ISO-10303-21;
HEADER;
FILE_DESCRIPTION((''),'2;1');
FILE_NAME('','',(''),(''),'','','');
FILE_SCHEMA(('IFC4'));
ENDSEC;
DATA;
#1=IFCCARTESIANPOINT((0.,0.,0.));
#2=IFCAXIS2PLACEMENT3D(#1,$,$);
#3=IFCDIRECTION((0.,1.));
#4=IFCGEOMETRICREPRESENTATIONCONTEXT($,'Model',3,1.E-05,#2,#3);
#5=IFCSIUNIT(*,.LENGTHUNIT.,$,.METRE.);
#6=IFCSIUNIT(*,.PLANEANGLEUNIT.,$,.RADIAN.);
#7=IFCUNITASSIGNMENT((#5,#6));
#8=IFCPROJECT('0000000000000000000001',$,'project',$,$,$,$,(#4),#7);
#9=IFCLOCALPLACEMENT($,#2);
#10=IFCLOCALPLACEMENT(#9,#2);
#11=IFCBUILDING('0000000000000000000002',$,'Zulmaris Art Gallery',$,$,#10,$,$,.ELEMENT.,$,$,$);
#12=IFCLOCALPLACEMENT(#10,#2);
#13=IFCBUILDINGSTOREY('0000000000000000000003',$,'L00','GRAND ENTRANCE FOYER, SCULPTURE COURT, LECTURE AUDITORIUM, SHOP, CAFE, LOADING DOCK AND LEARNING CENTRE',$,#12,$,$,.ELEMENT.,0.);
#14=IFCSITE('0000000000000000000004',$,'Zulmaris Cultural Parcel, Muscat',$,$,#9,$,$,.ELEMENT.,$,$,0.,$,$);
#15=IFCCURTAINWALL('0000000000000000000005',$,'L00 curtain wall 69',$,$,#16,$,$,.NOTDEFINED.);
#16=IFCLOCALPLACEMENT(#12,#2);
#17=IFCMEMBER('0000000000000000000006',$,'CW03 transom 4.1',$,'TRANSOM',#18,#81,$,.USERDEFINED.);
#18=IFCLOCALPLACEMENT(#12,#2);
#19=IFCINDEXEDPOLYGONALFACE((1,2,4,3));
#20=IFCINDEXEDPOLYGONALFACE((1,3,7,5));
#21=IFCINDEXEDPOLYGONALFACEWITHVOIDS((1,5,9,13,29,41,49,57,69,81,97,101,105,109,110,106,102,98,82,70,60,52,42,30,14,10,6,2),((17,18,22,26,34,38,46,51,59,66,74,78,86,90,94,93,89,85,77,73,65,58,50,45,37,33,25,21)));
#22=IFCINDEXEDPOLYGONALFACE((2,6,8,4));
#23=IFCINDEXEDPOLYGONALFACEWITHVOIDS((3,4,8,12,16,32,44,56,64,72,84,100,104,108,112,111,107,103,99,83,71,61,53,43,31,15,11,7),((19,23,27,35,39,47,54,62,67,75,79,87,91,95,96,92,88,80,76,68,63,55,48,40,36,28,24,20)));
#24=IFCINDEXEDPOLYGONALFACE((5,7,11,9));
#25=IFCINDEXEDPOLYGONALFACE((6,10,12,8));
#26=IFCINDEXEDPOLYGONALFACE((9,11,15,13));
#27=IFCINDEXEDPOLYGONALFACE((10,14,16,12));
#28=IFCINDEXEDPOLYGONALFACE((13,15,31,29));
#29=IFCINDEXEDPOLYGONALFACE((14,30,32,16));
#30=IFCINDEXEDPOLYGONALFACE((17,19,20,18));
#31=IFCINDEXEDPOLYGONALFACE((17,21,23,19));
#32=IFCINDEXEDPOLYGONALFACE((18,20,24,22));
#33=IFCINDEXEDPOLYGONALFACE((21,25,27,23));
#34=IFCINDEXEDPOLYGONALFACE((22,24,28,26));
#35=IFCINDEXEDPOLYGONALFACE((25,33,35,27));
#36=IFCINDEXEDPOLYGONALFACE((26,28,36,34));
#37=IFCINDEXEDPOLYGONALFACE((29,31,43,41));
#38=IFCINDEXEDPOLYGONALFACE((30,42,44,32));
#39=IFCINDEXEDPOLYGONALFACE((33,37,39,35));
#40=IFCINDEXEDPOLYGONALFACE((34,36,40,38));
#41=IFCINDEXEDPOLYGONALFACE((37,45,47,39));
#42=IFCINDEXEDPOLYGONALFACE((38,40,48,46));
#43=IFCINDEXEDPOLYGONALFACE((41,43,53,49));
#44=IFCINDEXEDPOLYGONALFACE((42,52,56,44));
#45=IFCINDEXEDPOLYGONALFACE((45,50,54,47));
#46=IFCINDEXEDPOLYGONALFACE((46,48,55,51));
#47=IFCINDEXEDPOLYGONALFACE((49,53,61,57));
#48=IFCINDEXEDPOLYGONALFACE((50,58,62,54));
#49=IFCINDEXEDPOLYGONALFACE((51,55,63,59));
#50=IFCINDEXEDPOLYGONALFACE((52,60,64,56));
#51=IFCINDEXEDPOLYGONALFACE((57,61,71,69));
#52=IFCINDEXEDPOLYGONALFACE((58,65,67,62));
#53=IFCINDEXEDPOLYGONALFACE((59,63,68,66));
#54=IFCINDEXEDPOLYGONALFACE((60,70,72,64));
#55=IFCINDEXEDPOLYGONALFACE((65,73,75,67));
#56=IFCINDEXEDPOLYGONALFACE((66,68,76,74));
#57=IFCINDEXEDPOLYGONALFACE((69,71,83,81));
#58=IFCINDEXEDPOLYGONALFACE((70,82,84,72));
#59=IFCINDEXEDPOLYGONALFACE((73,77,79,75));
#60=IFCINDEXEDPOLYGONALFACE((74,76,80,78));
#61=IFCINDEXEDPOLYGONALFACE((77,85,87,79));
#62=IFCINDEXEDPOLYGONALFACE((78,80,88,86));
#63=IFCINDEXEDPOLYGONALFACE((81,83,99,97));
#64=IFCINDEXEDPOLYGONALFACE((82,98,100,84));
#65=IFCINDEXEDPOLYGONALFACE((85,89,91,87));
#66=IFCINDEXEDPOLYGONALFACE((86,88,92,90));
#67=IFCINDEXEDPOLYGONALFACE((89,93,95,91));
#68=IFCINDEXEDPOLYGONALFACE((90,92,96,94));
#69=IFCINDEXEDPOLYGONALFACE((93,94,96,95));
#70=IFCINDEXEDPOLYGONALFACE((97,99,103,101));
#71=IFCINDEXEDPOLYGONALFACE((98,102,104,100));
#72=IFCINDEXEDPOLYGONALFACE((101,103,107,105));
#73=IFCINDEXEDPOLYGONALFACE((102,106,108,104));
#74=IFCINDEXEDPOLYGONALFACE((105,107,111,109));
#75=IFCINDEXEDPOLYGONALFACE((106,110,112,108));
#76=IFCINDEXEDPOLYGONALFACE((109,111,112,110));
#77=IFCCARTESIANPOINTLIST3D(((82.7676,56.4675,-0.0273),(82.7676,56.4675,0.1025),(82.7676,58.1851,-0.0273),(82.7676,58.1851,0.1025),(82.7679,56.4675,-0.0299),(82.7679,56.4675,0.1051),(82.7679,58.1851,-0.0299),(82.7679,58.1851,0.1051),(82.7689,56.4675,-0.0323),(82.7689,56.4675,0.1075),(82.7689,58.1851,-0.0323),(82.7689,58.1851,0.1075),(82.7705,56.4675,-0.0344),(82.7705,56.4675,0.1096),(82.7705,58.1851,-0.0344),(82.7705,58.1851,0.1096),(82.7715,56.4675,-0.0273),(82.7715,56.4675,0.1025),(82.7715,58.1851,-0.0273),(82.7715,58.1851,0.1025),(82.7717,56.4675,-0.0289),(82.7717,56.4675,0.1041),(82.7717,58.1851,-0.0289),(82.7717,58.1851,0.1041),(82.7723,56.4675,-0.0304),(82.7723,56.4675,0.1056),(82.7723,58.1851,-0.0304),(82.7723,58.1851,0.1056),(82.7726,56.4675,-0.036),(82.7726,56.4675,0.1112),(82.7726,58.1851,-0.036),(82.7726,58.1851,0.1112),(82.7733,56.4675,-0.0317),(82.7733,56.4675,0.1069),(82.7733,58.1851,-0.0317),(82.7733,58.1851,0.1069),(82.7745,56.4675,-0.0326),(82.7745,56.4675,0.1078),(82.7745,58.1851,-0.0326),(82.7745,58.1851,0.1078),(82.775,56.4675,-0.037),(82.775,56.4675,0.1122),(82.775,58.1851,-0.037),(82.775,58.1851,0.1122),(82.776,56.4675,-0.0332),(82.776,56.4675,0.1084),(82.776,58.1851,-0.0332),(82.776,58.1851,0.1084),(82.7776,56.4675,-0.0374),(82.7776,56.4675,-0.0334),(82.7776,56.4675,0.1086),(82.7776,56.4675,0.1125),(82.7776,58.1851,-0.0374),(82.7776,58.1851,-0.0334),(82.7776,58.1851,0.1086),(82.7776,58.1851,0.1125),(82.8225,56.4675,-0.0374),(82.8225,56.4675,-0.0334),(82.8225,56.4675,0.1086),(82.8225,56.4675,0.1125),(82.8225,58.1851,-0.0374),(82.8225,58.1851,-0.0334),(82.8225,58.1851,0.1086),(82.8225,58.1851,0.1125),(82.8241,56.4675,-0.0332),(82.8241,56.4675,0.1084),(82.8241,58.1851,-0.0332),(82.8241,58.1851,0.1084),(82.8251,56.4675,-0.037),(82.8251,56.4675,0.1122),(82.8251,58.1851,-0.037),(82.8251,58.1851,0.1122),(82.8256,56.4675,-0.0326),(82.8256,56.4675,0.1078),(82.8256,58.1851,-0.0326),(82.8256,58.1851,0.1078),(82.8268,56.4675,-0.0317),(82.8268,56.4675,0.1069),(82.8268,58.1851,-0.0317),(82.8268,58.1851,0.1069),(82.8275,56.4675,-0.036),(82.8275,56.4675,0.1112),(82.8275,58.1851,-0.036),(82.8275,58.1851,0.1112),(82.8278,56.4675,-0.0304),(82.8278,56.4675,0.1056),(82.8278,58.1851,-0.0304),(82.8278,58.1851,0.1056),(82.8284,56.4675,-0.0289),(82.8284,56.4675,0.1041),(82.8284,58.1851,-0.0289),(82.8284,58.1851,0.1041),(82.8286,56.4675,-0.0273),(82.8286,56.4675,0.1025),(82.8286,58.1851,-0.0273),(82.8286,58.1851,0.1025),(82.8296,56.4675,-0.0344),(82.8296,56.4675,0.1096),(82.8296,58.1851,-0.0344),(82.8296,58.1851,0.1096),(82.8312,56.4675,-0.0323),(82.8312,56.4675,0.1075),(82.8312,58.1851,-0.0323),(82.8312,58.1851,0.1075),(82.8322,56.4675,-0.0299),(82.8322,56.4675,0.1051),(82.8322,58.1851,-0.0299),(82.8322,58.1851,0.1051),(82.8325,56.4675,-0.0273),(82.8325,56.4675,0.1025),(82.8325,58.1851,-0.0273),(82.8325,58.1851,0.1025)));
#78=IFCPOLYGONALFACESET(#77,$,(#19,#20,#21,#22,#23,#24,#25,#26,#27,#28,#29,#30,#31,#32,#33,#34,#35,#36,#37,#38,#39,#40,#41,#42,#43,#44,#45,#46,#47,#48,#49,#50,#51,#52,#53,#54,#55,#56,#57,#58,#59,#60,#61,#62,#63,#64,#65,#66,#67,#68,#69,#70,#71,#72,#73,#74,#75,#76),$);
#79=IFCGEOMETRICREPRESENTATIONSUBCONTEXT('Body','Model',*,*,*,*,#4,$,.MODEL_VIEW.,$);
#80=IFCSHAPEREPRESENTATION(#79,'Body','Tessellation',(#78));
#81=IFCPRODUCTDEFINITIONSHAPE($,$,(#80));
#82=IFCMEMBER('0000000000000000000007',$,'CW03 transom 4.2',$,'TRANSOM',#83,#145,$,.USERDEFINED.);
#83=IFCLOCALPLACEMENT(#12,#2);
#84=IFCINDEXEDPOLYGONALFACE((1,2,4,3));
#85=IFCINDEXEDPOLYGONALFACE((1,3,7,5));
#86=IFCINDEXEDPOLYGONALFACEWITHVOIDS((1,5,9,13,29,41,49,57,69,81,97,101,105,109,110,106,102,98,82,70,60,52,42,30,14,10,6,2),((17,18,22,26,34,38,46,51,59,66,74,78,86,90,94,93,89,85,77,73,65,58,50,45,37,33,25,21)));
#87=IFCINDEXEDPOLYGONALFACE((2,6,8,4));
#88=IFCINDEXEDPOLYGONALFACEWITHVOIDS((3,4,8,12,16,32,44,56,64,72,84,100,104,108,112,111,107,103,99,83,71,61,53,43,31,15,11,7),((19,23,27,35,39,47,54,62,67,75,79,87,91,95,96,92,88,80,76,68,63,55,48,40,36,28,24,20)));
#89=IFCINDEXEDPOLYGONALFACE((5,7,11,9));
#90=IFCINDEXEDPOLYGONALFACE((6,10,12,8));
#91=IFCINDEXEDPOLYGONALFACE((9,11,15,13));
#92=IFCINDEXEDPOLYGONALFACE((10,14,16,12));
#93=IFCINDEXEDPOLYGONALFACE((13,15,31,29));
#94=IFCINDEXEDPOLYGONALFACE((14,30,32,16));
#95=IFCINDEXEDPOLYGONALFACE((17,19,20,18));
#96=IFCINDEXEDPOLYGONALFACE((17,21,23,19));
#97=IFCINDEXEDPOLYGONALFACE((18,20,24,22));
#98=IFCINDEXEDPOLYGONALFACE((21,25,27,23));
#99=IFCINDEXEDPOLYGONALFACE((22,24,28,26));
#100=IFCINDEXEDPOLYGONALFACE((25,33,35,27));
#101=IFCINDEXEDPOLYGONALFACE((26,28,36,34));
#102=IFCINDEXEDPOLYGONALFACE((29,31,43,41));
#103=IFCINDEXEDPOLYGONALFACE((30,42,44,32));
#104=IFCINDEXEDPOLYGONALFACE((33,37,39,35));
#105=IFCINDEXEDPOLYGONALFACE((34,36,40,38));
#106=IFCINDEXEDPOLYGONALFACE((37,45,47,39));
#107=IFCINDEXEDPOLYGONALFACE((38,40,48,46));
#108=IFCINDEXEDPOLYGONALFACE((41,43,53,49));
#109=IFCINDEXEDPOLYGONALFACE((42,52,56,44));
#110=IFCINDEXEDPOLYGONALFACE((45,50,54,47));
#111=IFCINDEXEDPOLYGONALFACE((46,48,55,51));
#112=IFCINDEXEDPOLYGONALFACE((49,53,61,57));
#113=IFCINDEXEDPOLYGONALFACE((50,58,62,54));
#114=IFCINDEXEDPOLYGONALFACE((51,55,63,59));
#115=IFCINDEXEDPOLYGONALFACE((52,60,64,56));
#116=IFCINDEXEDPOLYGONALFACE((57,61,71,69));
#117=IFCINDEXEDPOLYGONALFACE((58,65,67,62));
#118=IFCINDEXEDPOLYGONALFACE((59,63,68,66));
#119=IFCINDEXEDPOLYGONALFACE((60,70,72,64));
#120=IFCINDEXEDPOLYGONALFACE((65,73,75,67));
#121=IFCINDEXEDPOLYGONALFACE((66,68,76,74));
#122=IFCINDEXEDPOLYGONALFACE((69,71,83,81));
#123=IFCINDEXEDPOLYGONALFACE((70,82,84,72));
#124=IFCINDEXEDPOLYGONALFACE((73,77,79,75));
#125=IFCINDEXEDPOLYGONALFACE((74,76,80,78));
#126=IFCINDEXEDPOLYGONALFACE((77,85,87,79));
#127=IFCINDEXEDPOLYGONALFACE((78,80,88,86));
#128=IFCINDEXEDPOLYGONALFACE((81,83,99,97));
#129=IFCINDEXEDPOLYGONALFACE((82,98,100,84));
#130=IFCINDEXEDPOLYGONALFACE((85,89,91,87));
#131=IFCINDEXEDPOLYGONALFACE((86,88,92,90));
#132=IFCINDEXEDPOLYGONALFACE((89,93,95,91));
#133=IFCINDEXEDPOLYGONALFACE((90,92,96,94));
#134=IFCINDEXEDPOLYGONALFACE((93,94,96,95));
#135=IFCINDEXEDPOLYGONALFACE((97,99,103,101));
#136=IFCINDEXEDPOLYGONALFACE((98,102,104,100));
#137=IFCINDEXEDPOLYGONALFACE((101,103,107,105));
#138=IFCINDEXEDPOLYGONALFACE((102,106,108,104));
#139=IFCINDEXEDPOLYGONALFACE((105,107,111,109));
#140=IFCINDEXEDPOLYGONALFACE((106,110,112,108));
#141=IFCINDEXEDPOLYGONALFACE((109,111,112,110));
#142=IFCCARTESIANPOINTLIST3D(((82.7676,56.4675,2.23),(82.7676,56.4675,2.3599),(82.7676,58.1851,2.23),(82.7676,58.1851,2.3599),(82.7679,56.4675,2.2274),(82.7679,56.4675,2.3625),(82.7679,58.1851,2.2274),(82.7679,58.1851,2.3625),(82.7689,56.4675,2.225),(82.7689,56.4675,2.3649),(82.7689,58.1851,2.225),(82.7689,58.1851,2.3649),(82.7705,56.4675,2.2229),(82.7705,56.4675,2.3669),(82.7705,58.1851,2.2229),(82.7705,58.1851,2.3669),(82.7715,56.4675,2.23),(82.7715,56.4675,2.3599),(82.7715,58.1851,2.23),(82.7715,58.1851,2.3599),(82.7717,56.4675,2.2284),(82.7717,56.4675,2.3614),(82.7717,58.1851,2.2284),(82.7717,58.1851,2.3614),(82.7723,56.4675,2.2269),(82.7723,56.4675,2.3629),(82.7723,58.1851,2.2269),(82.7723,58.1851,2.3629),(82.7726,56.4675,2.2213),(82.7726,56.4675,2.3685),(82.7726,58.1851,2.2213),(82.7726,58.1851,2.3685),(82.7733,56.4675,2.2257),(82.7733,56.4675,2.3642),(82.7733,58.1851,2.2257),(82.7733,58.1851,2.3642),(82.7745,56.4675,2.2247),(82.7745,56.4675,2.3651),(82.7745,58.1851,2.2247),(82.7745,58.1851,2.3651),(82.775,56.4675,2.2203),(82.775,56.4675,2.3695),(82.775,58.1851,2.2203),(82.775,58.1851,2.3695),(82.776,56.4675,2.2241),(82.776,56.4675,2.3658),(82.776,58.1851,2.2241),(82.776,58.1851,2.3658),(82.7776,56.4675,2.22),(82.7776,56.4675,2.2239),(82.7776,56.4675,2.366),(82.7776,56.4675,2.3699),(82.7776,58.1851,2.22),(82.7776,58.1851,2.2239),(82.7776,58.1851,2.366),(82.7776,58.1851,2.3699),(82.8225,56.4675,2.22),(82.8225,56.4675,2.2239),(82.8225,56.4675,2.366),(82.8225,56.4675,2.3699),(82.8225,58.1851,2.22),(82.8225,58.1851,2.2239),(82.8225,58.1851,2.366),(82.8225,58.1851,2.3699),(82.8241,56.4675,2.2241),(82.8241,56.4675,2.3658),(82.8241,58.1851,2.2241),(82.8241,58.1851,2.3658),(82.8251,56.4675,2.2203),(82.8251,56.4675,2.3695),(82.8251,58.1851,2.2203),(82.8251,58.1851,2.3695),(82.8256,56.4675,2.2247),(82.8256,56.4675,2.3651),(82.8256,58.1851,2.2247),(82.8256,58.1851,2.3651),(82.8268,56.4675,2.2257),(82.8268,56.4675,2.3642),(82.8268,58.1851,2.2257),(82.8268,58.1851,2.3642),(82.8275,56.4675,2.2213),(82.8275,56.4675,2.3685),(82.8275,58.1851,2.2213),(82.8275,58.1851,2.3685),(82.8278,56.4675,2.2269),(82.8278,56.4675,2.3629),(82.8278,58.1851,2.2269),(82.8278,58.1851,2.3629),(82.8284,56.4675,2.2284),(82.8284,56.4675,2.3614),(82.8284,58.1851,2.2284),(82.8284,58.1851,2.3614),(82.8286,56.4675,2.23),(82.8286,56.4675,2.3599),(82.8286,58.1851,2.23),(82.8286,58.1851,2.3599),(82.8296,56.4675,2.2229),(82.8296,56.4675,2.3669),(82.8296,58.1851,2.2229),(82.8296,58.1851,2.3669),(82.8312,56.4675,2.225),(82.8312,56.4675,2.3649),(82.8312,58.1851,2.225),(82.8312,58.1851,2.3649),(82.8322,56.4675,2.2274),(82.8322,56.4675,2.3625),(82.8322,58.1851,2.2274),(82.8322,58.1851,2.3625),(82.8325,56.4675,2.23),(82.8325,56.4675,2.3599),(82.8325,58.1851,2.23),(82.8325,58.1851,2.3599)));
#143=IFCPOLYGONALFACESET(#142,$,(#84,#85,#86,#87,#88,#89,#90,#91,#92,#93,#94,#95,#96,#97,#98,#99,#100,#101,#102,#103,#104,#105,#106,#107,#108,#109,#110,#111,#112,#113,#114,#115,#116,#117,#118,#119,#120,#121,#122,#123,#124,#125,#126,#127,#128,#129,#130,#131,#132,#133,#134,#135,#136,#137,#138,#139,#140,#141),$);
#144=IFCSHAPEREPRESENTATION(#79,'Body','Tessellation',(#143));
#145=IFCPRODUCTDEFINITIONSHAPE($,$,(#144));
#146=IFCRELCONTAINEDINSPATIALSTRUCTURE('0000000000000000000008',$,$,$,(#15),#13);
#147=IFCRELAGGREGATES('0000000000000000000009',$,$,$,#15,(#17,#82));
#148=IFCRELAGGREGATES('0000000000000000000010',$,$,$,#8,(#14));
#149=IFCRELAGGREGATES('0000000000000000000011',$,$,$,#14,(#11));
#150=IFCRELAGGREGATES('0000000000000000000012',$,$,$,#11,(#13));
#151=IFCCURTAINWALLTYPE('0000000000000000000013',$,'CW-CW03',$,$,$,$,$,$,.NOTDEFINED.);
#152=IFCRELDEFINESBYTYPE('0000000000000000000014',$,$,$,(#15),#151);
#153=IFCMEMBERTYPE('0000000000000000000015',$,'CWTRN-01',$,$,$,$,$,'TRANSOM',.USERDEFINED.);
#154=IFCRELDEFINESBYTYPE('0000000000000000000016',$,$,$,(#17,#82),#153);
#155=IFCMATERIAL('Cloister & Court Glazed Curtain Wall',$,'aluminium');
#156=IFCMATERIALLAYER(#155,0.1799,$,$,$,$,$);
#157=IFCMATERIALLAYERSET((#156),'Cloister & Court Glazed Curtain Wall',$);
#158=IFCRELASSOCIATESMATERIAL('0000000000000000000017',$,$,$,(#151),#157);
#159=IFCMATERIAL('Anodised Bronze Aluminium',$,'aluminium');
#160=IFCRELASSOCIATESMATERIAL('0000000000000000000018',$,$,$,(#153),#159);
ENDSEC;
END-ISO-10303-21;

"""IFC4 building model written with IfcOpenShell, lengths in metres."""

from ifc_helpers import new_model, si_unit, direction, frame, origin, origin_2d, place, context, subcontext, project, spatial, hollow_rectangle, extrude, material, layer, layer_set, material_profile, profile_set, type_object, element, aggregate, save


model = new_model("IFC4")

# Units and contexts
model_context = context("Model", 3, precision=1e-05, world=origin(), true_north=direction((0.0, 1.0)))
body_context = subcontext(model_context, "Body", "Model", "MODEL_VIEW")
ifc_project = project(units=[si_unit("LENGTHUNIT", "METRE"), si_unit("PLANEANGLEUNIT", "RADIAN")], contexts=[model_context])

# Site, building, storey
site_placement = place(None, origin())
site = spatial("IfcSite", under=ifc_project, at=site_placement, Name="Zulmaris Cultural Parcel, Muscat", CompositionType="ELEMENT", RefElevation=0.0)
building_placement = place(site_placement, origin())
building = spatial("IfcBuilding", under=site, at=building_placement, Name="Zulmaris Art Gallery", CompositionType="ELEMENT")
storey_placement = place(building_placement, origin())
storey = spatial("IfcBuildingStorey", under=building, at=storey_placement, Name="L00", Description="GRAND ENTRANCE FOYER, SCULPTURE COURT, LECTURE AUDITORIUM, SHOP, CAFE, LOADING DOCK AND LEARNING CENTRE", CompositionType="ELEMENT", Elevation=0.0)

# Curtain wall, members
ifc_material_1 = material(Name="Cloister & Court Glazed Curtain Wall", Category="aluminium")
ifc_layer_1 = layer(ifc_material_1, 0.1799)
ifc_layer_set_1 = layer_set([ifc_layer_1], Name="Cloister & Court Glazed Curtain Wall")
curtain_wall_type = type_object("IfcCurtainWallType", Name="CW-CW03", PredefinedType="NOTDEFINED", material=ifc_layer_set_1)
curtain_wall_placement = place(storey_placement, origin())
curtain_wall = element("IfcCurtainWall", 1, at=curtain_wall_placement, inside=storey, type_object=curtain_wall_type, Name="L00 curtain wall 69", PredefinedType="NOTDEFINED")
ifc_material_2 = material(Name="Anodised Bronze Aluminium", Category="aluminium")
ifc_material_profile_1 = material_profile(ifc_material_2, hollow_rectangle(XDim=0.0649, YDim=0.1499, WallThickness=0.0039, InnerFilletRadius=0.0061, OuterFilletRadius=0.01, at=origin_2d()), Name="ALU 65x150x4")
ifc_profile_set_1 = profile_set([ifc_material_profile_1], Name="Anodised Bronze Aluminium")
member_type_1 = type_object("IfcMemberType", Name="CWTRN-01", ElementType="TRANSOM", PredefinedType="USERDEFINED", material=ifc_profile_set_1)
member_1_placement = place(storey_placement, frame((82.8, 56.4675, 0.0376), z_axis=(0.0, 1.0, 0.0), x_axis=(-1.0, 0.0, 0.0)))
member_1 = element("IfcMember", 2, at=member_1_placement, type_object=member_type_1, Name="CW03 transom 4.1", ObjectType="TRANSOM", PredefinedType="USERDEFINED", context=body_context, shape_type="SweptSolid", body=[
    extrude(hollow_rectangle(XDim=0.0649, YDim=0.1499, WallThickness=0.0039, InnerFilletRadius=0.0061, OuterFilletRadius=0.01, at=origin_2d()), origin(), (0.0, 0.0, 1.0), 1.7175),
])
member_2_placement = place(storey_placement, frame((82.8, 56.4675, 2.2949), z_axis=(0.0, 1.0, 0.0), x_axis=(-1.0, 0.0, 0.0)))
member_2 = element("IfcMember", 3, at=member_2_placement, type_object=member_type_1, Name="CW03 transom 4.2", ObjectType="TRANSOM", PredefinedType="USERDEFINED", context=body_context, shape_type="SweptSolid", body=[
    extrude(hollow_rectangle(XDim=0.0649, YDim=0.1499, WallThickness=0.0039, InnerFilletRadius=0.0061, OuterFilletRadius=0.01, at=origin_2d()), origin(), (0.0, 0.0, 1.0), 1.7175),
])
aggregate(curtain_wall, [member_1, member_2])

save(model, "model.ifc")
